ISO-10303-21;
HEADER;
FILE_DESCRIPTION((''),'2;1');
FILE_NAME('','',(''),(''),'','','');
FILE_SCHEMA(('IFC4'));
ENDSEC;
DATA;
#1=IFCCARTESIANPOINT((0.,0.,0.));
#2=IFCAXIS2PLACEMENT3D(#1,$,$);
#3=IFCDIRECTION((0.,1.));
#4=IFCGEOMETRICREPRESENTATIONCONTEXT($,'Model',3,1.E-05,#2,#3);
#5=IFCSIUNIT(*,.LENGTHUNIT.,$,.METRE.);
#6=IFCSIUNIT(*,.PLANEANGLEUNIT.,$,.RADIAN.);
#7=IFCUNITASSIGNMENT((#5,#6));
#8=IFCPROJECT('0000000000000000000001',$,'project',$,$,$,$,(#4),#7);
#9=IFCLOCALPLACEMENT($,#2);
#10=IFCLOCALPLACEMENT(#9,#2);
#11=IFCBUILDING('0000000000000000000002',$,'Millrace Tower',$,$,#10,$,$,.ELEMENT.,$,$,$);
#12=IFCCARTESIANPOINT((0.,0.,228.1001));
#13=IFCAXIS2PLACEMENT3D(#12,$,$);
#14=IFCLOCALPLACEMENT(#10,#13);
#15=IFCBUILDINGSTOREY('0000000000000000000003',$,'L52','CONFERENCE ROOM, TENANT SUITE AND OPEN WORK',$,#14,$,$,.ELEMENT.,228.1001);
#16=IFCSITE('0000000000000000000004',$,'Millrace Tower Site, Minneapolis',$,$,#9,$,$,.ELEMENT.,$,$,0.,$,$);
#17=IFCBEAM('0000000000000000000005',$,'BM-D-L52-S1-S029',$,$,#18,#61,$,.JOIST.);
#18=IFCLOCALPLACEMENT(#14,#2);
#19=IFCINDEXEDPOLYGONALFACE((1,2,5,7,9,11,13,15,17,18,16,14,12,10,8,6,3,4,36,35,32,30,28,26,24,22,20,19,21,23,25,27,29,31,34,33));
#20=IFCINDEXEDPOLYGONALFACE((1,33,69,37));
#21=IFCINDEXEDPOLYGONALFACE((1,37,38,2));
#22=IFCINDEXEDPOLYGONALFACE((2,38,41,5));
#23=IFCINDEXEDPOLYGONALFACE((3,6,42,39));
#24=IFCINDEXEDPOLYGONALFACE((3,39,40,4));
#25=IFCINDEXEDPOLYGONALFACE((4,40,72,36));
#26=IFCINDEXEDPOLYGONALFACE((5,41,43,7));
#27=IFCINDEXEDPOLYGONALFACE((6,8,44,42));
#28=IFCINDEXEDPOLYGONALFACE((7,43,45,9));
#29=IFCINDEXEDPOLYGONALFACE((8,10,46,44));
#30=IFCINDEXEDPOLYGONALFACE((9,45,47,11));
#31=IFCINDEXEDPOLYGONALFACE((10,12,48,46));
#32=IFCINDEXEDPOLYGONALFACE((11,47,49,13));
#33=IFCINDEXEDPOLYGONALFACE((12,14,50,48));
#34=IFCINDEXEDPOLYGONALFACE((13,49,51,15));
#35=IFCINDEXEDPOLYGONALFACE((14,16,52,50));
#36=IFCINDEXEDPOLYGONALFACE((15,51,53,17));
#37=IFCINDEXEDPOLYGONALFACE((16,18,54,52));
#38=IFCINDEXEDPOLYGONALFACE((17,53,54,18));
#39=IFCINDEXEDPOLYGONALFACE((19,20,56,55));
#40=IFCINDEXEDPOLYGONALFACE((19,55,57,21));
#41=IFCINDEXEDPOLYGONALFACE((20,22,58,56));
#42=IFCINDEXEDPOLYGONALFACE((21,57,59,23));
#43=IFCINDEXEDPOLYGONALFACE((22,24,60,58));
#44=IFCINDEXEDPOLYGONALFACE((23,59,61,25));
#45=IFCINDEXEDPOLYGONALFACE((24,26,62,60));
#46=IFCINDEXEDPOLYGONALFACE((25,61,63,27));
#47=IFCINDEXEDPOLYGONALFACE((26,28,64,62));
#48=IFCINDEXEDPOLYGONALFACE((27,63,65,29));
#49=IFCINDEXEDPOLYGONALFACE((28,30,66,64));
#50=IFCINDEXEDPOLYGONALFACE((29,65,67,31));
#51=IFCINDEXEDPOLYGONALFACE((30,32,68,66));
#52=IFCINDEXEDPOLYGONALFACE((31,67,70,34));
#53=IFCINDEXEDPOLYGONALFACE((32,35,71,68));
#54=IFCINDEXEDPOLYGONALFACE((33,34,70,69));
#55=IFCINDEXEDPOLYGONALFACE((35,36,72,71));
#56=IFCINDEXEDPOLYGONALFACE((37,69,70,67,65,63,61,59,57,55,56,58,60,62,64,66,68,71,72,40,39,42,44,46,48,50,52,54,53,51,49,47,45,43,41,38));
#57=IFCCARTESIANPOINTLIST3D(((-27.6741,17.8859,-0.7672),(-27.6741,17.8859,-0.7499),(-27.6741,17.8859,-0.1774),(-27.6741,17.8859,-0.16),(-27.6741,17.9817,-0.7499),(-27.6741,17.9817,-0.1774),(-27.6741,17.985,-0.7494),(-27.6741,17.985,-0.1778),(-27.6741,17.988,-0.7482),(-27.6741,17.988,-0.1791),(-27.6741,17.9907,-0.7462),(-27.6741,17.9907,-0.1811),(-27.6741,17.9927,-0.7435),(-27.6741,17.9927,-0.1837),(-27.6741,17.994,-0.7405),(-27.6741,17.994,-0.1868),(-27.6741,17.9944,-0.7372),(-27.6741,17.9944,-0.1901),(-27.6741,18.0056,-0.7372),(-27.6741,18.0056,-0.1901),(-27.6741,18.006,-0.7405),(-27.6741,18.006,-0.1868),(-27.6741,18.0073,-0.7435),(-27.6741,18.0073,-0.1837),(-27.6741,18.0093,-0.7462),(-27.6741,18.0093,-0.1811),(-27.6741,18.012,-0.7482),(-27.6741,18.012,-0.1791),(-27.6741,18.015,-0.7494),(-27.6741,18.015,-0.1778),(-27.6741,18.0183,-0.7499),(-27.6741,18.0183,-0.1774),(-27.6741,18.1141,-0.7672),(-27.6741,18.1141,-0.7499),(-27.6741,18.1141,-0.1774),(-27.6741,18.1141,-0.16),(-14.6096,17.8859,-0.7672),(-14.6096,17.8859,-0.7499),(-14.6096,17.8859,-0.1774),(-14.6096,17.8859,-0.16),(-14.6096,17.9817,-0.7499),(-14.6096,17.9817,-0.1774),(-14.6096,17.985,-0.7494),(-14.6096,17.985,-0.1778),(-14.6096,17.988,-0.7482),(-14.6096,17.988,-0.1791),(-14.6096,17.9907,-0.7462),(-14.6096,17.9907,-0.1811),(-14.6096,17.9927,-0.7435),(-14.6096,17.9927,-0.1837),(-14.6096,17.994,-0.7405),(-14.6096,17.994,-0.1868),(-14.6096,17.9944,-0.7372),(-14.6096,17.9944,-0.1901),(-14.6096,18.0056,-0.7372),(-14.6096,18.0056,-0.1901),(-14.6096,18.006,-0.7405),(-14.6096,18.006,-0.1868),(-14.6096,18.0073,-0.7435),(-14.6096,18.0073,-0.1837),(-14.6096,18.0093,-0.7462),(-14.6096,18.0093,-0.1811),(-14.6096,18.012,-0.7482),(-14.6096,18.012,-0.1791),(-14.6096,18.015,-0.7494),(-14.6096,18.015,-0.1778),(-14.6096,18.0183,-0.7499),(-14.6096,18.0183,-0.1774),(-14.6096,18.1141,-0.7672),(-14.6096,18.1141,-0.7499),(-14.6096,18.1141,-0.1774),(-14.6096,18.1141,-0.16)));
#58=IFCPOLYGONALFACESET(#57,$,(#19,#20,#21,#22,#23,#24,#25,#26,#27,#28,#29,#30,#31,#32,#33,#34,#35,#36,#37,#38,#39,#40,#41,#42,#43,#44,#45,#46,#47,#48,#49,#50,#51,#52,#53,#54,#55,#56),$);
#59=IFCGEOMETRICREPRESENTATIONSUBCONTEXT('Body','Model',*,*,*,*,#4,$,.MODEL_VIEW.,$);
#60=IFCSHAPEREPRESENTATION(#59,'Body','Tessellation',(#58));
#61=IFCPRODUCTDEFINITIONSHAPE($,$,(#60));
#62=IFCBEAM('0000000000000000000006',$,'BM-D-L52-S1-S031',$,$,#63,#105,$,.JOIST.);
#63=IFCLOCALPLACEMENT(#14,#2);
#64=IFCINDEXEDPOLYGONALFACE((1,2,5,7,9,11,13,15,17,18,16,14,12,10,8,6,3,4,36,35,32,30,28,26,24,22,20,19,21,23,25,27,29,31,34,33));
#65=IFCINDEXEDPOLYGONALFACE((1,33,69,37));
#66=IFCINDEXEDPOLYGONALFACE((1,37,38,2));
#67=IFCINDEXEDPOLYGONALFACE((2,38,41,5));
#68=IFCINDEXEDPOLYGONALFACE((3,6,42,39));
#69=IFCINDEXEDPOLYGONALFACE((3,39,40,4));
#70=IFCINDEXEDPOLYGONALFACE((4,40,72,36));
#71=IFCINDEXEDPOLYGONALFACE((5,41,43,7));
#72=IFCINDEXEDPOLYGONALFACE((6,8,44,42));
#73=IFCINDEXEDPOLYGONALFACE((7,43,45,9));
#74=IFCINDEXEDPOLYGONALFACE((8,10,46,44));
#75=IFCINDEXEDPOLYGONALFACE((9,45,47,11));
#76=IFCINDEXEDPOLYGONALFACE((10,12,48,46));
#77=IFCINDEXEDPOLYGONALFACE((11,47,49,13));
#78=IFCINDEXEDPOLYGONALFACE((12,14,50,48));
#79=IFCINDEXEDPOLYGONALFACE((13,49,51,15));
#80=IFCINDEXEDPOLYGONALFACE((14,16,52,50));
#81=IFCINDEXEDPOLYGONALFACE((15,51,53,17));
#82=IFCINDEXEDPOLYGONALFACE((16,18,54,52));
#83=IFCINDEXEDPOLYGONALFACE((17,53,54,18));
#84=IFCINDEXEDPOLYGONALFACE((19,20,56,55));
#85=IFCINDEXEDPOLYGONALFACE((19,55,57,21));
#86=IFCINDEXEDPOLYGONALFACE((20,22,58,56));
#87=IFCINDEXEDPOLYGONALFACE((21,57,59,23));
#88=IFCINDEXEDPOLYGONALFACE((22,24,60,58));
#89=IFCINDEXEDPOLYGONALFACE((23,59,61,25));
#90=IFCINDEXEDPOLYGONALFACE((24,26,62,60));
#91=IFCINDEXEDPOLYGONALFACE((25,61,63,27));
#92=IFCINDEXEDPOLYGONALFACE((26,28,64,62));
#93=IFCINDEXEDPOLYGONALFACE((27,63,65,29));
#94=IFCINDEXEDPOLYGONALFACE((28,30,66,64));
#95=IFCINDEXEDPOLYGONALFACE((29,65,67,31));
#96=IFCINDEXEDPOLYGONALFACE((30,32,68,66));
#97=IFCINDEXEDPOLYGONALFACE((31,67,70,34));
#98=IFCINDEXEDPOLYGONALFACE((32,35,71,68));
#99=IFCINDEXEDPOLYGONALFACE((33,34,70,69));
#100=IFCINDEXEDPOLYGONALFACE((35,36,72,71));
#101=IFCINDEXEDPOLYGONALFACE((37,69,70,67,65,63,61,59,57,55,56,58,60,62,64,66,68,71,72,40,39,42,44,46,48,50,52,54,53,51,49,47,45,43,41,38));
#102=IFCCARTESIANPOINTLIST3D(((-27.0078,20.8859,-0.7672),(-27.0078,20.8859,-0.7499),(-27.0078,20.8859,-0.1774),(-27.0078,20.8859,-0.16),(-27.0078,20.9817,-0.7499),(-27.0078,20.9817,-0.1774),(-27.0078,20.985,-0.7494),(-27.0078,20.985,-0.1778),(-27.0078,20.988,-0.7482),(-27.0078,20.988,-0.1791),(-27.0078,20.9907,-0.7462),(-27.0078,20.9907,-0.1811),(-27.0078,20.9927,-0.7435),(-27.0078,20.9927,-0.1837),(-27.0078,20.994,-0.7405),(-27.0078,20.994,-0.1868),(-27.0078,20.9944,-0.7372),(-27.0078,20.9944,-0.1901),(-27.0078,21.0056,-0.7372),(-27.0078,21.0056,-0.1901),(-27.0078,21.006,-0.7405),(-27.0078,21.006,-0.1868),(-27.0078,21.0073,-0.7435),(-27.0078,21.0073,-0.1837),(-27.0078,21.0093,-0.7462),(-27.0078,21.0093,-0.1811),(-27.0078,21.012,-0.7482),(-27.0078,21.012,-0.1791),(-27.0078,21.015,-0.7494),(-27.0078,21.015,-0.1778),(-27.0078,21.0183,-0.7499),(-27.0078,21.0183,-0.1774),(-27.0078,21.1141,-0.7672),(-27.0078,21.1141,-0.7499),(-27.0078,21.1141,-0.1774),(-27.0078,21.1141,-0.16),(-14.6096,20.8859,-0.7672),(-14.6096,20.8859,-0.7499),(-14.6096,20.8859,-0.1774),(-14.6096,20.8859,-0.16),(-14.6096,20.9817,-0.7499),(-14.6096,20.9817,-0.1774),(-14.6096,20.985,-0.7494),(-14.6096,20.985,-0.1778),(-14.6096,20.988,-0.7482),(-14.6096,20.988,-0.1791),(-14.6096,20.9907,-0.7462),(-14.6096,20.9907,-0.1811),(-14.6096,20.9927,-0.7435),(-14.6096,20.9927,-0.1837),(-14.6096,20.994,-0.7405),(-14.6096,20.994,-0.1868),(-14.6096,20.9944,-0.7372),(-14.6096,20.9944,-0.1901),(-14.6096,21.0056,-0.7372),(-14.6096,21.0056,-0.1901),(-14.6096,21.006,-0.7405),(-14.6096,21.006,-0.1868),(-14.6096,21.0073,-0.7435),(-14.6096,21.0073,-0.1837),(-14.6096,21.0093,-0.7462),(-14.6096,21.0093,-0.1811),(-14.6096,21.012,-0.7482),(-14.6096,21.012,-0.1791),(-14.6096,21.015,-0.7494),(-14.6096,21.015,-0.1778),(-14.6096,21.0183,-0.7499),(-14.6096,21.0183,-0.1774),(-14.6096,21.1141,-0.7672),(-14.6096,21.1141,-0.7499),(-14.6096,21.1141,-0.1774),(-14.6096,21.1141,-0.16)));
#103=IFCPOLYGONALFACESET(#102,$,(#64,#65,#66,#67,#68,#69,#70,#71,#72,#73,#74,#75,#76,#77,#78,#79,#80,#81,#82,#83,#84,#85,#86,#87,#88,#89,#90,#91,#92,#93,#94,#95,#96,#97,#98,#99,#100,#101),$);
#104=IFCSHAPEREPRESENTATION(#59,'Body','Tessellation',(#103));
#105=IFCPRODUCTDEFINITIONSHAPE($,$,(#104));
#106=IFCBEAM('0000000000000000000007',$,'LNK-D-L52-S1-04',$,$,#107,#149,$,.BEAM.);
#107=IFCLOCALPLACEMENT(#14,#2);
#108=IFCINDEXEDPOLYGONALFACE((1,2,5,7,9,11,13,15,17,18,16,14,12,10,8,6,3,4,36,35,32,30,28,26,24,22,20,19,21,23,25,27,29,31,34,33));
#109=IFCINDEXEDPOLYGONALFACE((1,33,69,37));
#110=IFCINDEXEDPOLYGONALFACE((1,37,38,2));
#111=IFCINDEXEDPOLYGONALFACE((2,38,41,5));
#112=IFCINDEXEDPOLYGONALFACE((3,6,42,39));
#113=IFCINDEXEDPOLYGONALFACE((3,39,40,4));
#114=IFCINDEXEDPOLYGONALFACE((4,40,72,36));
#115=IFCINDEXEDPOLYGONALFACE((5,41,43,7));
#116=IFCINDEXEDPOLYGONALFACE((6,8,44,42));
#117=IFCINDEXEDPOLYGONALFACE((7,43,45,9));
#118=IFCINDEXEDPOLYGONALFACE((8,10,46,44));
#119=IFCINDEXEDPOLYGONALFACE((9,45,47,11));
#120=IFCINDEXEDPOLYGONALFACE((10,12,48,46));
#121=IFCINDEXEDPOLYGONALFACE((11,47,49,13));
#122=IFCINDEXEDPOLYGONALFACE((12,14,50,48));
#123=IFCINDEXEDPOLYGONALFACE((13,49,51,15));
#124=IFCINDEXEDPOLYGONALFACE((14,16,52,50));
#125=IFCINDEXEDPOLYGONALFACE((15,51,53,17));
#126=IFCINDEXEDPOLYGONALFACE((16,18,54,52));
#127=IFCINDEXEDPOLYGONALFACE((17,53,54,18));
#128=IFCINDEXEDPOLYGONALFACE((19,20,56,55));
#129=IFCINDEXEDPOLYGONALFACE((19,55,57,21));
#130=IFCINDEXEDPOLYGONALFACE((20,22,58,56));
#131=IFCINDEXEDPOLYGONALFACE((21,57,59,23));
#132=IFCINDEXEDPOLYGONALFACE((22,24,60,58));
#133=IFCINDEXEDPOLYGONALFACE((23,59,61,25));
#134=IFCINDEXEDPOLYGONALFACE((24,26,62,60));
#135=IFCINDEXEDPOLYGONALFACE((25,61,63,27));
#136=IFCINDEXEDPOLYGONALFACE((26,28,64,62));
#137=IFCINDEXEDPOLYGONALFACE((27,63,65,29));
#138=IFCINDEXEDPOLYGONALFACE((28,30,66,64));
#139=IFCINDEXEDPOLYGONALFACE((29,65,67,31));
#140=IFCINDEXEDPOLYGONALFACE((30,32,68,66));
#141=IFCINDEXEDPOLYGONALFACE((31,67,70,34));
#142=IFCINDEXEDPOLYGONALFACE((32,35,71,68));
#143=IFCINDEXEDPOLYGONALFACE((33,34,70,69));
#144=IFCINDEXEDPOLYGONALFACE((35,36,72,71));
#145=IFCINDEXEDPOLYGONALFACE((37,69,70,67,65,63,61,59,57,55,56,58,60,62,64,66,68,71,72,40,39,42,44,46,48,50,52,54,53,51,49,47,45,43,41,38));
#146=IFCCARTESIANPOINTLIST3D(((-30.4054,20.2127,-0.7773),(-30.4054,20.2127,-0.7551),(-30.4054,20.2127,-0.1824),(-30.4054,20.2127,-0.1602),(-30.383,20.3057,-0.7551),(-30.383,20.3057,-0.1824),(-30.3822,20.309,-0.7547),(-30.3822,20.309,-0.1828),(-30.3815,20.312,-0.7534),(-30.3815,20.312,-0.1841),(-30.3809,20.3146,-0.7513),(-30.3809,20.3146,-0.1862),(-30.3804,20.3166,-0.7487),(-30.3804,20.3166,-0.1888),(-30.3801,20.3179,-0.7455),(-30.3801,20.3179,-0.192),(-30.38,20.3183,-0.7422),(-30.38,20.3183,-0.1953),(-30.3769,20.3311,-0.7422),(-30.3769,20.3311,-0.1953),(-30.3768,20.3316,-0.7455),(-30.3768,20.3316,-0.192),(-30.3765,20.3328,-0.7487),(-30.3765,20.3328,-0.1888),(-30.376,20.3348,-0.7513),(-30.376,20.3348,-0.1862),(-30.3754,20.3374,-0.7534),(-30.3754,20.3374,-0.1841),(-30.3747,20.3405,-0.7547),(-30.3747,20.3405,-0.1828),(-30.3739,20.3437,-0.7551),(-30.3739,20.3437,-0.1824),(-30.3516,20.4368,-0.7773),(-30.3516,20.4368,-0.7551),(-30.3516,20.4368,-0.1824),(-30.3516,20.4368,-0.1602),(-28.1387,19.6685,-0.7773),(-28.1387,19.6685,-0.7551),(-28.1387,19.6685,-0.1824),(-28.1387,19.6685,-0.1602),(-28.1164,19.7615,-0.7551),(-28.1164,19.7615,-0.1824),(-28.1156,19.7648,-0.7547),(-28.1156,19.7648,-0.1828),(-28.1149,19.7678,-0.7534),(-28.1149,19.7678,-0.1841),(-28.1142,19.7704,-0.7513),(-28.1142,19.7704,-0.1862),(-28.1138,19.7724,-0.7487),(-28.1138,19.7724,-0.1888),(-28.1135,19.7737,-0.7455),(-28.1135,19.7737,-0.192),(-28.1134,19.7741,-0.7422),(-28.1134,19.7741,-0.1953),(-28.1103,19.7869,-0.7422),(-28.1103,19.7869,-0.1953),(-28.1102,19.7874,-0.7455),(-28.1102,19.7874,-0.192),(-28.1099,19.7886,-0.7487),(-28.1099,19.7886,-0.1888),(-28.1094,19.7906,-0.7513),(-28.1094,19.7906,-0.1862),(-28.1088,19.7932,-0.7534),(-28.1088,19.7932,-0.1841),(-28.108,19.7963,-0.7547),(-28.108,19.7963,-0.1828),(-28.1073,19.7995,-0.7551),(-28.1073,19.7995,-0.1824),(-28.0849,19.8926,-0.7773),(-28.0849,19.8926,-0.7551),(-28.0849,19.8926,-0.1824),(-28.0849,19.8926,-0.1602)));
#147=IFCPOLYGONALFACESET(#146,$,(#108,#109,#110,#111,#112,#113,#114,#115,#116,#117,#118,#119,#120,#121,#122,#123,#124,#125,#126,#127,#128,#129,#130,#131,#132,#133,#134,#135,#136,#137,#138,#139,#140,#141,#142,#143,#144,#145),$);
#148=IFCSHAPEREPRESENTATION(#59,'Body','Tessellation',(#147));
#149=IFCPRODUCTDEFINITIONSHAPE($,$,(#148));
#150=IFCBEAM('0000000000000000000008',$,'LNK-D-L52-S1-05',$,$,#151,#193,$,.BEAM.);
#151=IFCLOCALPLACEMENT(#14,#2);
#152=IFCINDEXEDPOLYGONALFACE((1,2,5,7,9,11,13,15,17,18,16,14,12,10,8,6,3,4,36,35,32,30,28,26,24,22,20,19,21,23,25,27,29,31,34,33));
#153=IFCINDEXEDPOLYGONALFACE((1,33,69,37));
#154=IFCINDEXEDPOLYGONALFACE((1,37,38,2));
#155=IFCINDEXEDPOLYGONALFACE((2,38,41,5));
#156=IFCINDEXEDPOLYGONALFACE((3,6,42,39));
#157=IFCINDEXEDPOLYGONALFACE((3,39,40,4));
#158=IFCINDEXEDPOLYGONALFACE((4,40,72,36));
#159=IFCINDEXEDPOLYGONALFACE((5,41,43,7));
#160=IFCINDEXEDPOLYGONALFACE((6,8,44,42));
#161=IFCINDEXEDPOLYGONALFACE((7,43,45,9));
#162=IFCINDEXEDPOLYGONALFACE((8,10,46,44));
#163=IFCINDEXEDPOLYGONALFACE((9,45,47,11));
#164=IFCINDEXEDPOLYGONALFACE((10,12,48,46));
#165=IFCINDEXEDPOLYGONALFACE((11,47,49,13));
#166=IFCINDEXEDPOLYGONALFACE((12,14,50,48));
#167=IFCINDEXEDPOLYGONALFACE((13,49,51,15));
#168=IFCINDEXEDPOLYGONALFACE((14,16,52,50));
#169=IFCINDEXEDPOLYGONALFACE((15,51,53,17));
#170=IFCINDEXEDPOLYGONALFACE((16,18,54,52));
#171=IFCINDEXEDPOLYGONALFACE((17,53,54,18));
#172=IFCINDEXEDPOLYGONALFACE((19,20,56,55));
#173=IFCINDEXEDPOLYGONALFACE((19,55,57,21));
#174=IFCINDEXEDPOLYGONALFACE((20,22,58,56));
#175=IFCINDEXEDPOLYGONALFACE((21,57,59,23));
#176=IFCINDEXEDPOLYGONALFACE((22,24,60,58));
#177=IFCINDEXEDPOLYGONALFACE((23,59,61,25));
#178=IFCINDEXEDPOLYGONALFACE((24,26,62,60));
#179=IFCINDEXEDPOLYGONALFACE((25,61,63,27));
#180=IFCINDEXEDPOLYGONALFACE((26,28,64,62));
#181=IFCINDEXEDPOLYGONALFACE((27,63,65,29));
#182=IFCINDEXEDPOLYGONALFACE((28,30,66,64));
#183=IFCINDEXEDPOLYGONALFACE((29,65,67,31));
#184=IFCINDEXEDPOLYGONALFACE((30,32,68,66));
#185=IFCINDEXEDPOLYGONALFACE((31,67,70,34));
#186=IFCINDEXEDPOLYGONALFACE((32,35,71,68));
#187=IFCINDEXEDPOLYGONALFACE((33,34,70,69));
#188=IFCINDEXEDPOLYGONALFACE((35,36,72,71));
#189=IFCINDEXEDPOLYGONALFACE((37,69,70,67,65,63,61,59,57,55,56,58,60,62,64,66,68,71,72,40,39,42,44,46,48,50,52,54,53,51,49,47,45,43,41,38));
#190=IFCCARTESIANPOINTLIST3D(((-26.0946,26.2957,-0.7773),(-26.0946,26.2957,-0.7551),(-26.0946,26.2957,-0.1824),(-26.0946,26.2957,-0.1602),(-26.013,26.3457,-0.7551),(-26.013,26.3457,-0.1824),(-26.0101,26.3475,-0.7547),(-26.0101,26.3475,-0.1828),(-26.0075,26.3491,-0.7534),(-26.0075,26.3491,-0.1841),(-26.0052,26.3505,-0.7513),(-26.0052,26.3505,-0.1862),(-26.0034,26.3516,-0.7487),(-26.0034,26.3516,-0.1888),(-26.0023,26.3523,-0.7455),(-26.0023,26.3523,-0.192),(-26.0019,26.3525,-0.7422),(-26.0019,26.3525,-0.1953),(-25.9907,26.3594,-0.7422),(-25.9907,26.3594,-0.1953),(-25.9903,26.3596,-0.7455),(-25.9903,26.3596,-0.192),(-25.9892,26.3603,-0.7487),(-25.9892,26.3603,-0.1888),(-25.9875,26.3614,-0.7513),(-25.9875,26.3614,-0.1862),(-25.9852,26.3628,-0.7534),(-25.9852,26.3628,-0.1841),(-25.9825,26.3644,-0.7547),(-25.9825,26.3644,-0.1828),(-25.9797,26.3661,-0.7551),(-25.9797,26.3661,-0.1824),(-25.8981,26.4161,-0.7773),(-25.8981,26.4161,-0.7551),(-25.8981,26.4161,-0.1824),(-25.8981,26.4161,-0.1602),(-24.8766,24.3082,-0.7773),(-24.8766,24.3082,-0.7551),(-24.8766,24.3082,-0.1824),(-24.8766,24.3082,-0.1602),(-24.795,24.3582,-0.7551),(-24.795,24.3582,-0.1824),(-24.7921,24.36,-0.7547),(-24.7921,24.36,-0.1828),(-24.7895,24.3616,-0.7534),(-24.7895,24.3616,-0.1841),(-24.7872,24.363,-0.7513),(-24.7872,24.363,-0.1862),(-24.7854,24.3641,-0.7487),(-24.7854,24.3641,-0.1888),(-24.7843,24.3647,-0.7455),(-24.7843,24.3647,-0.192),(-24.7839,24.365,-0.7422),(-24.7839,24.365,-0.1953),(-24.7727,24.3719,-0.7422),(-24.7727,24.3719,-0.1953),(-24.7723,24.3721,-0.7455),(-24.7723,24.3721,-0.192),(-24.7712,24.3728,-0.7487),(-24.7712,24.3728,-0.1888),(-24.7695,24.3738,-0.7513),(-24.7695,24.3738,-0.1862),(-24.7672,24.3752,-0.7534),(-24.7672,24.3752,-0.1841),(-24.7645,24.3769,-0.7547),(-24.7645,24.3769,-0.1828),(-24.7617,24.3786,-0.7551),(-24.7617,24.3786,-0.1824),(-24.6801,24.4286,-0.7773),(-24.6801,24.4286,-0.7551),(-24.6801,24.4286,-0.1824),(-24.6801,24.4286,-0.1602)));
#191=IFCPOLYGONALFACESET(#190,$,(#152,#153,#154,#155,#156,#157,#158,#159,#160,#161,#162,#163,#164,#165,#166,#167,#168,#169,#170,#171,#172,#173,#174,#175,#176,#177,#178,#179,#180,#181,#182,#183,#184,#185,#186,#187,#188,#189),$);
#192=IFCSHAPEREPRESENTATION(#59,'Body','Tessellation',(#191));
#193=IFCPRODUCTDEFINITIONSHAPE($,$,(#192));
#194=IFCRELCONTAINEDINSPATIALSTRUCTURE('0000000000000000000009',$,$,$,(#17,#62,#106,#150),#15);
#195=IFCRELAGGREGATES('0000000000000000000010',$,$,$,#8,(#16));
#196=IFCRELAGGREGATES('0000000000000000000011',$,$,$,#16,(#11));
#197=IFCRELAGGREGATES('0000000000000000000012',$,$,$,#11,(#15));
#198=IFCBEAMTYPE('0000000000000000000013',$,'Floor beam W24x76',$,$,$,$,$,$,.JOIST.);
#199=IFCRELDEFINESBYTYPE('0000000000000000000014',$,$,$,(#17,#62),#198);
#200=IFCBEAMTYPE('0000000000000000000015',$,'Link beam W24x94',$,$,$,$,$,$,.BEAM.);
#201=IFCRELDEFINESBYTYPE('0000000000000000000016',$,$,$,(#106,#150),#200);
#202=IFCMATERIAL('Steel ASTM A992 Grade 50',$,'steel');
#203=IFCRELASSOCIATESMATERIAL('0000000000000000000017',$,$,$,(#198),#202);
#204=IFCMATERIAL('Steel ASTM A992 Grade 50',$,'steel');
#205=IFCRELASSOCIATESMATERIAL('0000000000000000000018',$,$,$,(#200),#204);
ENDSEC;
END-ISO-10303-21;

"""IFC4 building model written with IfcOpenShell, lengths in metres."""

from ifc_helpers import new_model, si_unit, direction, frame, origin, origin_2d, place, context, subcontext, project, spatial, i_section, extrude, material, material_profile, profile_set, type_object, element, save


model = new_model("IFC4")

# Units and contexts
model_context = context("Model", 3, precision=1e-05, world=origin(), true_north=direction((0.0, 1.0)))
body_context = subcontext(model_context, "Body", "Model", "MODEL_VIEW")
ifc_project = project(units=[si_unit("LENGTHUNIT", "METRE"), si_unit("PLANEANGLEUNIT", "RADIAN")], contexts=[model_context])

# Site, building, storey
site_placement = place(None, origin())
site = spatial("IfcSite", under=ifc_project, at=site_placement, Name="Millrace Tower Site, Minneapolis", CompositionType="ELEMENT", RefElevation=0.0)
building_placement = place(site_placement, origin())
building = spatial("IfcBuilding", under=site, at=building_placement, Name="Millrace Tower", CompositionType="ELEMENT")
storey_placement = place(building_placement, frame((0.0, 0.0, 228.1001)))
storey = spatial("IfcBuildingStorey", under=building, at=storey_placement, Name="L52", Description="CONFERENCE ROOM, TENANT SUITE AND OPEN WORK", CompositionType="ELEMENT", Elevation=228.1001)

# Beams
ifc_material_1 = material(Name="Steel ASTM A992 Grade 50", Category="steel")
ifc_material_profile_1 = material_profile(ifc_material_1, i_section(OverallWidth=0.2283, OverallDepth=0.6072, WebThickness=0.0112, FlangeThickness=0.0173, FilletRadius=0.0127, at=origin_2d()))
ifc_profile_set_1 = profile_set([ifc_material_profile_1], Name="Steel ASTM A992 Grade 50")
beam_type_1 = type_object("IfcBeamType", Name="Floor beam W24x76", PredefinedType="JOIST", material=ifc_profile_set_1)
beam_1_placement = place(storey_placement, frame((-27.6741, 18.0, -0.4636), z_axis=(1.0, 0.0, 0.0), x_axis=(0.0, 1.0, 0.0)))
element("IfcBeam", 1, at=beam_1_placement, inside=storey, type_object=beam_type_1, Name="BM-D-L52-S1-S029", PredefinedType="JOIST", context=body_context, shape_type="SweptSolid", body=[
    extrude(i_section(OverallWidth=0.2283, OverallDepth=0.6072, WebThickness=0.0112, FlangeThickness=0.0173, FilletRadius=0.0127, at=origin_2d()), origin(), (0.0, 0.0, 1.0), 13.0645),
])
beam_2_placement = place(storey_placement, frame((-27.0078, 21.0, -0.4636), z_axis=(1.0, 0.0, 0.0), x_axis=(0.0, 1.0, 0.0)))
element("IfcBeam", 2, at=beam_2_placement, inside=storey, type_object=beam_type_1, Name="BM-D-L52-S1-S031", PredefinedType="JOIST", context=body_context, shape_type="SweptSolid", body=[
    extrude(i_section(OverallWidth=0.2283, OverallDepth=0.6072, WebThickness=0.0112, FlangeThickness=0.0173, FilletRadius=0.0127, at=origin_2d()), origin(), (0.0, 0.0, 1.0), 12.3982),
])
ifc_material_2 = material(Name="Steel ASTM A992 Grade 50", Category="steel")
ifc_material_profile_2 = material_profile(ifc_material_2, i_section(OverallWidth=0.2305, OverallDepth=0.6172, WebThickness=0.0132, FlangeThickness=0.0222, FilletRadius=0.0129, at=origin_2d()))
ifc_profile_set_2 = profile_set([ifc_material_profile_2], Name="Steel ASTM A992 Grade 50")
beam_type_2 = type_object("IfcBeamType", Name="Link beam W24x94", PredefinedType="BEAM", material=ifc_profile_set_2)
for number, where, z_axis, x_axis, name in (
    (3, (-28.1118, 19.7805, -0.4688), (-0.972367, 0.233456, 0.0), (-0.233456, -0.972367, 0.0), "LNK-D-L52-S1-04"),
    (4, (-24.7783, 24.3684, -0.4688), (-0.522513, 0.852631, 0.0), (-0.852631, -0.522513, 0.0), "LNK-D-L52-S1-05"),
):
    element("IfcBeam", number, at=place(storey_placement, frame(where, z_axis=z_axis, x_axis=x_axis)), inside=storey, type_object=beam_type_2, Name=name, PredefinedType="BEAM", context=body_context, shape_type="SweptSolid", body=[
        extrude(i_section(OverallWidth=0.2305, OverallDepth=0.6172, WebThickness=0.0132, FlangeThickness=0.0222, FilletRadius=0.0129, at=origin_2d()), origin(), (0.0, 0.0, 1.0), 2.3311),
    ])

save(model, "model.ifc")
